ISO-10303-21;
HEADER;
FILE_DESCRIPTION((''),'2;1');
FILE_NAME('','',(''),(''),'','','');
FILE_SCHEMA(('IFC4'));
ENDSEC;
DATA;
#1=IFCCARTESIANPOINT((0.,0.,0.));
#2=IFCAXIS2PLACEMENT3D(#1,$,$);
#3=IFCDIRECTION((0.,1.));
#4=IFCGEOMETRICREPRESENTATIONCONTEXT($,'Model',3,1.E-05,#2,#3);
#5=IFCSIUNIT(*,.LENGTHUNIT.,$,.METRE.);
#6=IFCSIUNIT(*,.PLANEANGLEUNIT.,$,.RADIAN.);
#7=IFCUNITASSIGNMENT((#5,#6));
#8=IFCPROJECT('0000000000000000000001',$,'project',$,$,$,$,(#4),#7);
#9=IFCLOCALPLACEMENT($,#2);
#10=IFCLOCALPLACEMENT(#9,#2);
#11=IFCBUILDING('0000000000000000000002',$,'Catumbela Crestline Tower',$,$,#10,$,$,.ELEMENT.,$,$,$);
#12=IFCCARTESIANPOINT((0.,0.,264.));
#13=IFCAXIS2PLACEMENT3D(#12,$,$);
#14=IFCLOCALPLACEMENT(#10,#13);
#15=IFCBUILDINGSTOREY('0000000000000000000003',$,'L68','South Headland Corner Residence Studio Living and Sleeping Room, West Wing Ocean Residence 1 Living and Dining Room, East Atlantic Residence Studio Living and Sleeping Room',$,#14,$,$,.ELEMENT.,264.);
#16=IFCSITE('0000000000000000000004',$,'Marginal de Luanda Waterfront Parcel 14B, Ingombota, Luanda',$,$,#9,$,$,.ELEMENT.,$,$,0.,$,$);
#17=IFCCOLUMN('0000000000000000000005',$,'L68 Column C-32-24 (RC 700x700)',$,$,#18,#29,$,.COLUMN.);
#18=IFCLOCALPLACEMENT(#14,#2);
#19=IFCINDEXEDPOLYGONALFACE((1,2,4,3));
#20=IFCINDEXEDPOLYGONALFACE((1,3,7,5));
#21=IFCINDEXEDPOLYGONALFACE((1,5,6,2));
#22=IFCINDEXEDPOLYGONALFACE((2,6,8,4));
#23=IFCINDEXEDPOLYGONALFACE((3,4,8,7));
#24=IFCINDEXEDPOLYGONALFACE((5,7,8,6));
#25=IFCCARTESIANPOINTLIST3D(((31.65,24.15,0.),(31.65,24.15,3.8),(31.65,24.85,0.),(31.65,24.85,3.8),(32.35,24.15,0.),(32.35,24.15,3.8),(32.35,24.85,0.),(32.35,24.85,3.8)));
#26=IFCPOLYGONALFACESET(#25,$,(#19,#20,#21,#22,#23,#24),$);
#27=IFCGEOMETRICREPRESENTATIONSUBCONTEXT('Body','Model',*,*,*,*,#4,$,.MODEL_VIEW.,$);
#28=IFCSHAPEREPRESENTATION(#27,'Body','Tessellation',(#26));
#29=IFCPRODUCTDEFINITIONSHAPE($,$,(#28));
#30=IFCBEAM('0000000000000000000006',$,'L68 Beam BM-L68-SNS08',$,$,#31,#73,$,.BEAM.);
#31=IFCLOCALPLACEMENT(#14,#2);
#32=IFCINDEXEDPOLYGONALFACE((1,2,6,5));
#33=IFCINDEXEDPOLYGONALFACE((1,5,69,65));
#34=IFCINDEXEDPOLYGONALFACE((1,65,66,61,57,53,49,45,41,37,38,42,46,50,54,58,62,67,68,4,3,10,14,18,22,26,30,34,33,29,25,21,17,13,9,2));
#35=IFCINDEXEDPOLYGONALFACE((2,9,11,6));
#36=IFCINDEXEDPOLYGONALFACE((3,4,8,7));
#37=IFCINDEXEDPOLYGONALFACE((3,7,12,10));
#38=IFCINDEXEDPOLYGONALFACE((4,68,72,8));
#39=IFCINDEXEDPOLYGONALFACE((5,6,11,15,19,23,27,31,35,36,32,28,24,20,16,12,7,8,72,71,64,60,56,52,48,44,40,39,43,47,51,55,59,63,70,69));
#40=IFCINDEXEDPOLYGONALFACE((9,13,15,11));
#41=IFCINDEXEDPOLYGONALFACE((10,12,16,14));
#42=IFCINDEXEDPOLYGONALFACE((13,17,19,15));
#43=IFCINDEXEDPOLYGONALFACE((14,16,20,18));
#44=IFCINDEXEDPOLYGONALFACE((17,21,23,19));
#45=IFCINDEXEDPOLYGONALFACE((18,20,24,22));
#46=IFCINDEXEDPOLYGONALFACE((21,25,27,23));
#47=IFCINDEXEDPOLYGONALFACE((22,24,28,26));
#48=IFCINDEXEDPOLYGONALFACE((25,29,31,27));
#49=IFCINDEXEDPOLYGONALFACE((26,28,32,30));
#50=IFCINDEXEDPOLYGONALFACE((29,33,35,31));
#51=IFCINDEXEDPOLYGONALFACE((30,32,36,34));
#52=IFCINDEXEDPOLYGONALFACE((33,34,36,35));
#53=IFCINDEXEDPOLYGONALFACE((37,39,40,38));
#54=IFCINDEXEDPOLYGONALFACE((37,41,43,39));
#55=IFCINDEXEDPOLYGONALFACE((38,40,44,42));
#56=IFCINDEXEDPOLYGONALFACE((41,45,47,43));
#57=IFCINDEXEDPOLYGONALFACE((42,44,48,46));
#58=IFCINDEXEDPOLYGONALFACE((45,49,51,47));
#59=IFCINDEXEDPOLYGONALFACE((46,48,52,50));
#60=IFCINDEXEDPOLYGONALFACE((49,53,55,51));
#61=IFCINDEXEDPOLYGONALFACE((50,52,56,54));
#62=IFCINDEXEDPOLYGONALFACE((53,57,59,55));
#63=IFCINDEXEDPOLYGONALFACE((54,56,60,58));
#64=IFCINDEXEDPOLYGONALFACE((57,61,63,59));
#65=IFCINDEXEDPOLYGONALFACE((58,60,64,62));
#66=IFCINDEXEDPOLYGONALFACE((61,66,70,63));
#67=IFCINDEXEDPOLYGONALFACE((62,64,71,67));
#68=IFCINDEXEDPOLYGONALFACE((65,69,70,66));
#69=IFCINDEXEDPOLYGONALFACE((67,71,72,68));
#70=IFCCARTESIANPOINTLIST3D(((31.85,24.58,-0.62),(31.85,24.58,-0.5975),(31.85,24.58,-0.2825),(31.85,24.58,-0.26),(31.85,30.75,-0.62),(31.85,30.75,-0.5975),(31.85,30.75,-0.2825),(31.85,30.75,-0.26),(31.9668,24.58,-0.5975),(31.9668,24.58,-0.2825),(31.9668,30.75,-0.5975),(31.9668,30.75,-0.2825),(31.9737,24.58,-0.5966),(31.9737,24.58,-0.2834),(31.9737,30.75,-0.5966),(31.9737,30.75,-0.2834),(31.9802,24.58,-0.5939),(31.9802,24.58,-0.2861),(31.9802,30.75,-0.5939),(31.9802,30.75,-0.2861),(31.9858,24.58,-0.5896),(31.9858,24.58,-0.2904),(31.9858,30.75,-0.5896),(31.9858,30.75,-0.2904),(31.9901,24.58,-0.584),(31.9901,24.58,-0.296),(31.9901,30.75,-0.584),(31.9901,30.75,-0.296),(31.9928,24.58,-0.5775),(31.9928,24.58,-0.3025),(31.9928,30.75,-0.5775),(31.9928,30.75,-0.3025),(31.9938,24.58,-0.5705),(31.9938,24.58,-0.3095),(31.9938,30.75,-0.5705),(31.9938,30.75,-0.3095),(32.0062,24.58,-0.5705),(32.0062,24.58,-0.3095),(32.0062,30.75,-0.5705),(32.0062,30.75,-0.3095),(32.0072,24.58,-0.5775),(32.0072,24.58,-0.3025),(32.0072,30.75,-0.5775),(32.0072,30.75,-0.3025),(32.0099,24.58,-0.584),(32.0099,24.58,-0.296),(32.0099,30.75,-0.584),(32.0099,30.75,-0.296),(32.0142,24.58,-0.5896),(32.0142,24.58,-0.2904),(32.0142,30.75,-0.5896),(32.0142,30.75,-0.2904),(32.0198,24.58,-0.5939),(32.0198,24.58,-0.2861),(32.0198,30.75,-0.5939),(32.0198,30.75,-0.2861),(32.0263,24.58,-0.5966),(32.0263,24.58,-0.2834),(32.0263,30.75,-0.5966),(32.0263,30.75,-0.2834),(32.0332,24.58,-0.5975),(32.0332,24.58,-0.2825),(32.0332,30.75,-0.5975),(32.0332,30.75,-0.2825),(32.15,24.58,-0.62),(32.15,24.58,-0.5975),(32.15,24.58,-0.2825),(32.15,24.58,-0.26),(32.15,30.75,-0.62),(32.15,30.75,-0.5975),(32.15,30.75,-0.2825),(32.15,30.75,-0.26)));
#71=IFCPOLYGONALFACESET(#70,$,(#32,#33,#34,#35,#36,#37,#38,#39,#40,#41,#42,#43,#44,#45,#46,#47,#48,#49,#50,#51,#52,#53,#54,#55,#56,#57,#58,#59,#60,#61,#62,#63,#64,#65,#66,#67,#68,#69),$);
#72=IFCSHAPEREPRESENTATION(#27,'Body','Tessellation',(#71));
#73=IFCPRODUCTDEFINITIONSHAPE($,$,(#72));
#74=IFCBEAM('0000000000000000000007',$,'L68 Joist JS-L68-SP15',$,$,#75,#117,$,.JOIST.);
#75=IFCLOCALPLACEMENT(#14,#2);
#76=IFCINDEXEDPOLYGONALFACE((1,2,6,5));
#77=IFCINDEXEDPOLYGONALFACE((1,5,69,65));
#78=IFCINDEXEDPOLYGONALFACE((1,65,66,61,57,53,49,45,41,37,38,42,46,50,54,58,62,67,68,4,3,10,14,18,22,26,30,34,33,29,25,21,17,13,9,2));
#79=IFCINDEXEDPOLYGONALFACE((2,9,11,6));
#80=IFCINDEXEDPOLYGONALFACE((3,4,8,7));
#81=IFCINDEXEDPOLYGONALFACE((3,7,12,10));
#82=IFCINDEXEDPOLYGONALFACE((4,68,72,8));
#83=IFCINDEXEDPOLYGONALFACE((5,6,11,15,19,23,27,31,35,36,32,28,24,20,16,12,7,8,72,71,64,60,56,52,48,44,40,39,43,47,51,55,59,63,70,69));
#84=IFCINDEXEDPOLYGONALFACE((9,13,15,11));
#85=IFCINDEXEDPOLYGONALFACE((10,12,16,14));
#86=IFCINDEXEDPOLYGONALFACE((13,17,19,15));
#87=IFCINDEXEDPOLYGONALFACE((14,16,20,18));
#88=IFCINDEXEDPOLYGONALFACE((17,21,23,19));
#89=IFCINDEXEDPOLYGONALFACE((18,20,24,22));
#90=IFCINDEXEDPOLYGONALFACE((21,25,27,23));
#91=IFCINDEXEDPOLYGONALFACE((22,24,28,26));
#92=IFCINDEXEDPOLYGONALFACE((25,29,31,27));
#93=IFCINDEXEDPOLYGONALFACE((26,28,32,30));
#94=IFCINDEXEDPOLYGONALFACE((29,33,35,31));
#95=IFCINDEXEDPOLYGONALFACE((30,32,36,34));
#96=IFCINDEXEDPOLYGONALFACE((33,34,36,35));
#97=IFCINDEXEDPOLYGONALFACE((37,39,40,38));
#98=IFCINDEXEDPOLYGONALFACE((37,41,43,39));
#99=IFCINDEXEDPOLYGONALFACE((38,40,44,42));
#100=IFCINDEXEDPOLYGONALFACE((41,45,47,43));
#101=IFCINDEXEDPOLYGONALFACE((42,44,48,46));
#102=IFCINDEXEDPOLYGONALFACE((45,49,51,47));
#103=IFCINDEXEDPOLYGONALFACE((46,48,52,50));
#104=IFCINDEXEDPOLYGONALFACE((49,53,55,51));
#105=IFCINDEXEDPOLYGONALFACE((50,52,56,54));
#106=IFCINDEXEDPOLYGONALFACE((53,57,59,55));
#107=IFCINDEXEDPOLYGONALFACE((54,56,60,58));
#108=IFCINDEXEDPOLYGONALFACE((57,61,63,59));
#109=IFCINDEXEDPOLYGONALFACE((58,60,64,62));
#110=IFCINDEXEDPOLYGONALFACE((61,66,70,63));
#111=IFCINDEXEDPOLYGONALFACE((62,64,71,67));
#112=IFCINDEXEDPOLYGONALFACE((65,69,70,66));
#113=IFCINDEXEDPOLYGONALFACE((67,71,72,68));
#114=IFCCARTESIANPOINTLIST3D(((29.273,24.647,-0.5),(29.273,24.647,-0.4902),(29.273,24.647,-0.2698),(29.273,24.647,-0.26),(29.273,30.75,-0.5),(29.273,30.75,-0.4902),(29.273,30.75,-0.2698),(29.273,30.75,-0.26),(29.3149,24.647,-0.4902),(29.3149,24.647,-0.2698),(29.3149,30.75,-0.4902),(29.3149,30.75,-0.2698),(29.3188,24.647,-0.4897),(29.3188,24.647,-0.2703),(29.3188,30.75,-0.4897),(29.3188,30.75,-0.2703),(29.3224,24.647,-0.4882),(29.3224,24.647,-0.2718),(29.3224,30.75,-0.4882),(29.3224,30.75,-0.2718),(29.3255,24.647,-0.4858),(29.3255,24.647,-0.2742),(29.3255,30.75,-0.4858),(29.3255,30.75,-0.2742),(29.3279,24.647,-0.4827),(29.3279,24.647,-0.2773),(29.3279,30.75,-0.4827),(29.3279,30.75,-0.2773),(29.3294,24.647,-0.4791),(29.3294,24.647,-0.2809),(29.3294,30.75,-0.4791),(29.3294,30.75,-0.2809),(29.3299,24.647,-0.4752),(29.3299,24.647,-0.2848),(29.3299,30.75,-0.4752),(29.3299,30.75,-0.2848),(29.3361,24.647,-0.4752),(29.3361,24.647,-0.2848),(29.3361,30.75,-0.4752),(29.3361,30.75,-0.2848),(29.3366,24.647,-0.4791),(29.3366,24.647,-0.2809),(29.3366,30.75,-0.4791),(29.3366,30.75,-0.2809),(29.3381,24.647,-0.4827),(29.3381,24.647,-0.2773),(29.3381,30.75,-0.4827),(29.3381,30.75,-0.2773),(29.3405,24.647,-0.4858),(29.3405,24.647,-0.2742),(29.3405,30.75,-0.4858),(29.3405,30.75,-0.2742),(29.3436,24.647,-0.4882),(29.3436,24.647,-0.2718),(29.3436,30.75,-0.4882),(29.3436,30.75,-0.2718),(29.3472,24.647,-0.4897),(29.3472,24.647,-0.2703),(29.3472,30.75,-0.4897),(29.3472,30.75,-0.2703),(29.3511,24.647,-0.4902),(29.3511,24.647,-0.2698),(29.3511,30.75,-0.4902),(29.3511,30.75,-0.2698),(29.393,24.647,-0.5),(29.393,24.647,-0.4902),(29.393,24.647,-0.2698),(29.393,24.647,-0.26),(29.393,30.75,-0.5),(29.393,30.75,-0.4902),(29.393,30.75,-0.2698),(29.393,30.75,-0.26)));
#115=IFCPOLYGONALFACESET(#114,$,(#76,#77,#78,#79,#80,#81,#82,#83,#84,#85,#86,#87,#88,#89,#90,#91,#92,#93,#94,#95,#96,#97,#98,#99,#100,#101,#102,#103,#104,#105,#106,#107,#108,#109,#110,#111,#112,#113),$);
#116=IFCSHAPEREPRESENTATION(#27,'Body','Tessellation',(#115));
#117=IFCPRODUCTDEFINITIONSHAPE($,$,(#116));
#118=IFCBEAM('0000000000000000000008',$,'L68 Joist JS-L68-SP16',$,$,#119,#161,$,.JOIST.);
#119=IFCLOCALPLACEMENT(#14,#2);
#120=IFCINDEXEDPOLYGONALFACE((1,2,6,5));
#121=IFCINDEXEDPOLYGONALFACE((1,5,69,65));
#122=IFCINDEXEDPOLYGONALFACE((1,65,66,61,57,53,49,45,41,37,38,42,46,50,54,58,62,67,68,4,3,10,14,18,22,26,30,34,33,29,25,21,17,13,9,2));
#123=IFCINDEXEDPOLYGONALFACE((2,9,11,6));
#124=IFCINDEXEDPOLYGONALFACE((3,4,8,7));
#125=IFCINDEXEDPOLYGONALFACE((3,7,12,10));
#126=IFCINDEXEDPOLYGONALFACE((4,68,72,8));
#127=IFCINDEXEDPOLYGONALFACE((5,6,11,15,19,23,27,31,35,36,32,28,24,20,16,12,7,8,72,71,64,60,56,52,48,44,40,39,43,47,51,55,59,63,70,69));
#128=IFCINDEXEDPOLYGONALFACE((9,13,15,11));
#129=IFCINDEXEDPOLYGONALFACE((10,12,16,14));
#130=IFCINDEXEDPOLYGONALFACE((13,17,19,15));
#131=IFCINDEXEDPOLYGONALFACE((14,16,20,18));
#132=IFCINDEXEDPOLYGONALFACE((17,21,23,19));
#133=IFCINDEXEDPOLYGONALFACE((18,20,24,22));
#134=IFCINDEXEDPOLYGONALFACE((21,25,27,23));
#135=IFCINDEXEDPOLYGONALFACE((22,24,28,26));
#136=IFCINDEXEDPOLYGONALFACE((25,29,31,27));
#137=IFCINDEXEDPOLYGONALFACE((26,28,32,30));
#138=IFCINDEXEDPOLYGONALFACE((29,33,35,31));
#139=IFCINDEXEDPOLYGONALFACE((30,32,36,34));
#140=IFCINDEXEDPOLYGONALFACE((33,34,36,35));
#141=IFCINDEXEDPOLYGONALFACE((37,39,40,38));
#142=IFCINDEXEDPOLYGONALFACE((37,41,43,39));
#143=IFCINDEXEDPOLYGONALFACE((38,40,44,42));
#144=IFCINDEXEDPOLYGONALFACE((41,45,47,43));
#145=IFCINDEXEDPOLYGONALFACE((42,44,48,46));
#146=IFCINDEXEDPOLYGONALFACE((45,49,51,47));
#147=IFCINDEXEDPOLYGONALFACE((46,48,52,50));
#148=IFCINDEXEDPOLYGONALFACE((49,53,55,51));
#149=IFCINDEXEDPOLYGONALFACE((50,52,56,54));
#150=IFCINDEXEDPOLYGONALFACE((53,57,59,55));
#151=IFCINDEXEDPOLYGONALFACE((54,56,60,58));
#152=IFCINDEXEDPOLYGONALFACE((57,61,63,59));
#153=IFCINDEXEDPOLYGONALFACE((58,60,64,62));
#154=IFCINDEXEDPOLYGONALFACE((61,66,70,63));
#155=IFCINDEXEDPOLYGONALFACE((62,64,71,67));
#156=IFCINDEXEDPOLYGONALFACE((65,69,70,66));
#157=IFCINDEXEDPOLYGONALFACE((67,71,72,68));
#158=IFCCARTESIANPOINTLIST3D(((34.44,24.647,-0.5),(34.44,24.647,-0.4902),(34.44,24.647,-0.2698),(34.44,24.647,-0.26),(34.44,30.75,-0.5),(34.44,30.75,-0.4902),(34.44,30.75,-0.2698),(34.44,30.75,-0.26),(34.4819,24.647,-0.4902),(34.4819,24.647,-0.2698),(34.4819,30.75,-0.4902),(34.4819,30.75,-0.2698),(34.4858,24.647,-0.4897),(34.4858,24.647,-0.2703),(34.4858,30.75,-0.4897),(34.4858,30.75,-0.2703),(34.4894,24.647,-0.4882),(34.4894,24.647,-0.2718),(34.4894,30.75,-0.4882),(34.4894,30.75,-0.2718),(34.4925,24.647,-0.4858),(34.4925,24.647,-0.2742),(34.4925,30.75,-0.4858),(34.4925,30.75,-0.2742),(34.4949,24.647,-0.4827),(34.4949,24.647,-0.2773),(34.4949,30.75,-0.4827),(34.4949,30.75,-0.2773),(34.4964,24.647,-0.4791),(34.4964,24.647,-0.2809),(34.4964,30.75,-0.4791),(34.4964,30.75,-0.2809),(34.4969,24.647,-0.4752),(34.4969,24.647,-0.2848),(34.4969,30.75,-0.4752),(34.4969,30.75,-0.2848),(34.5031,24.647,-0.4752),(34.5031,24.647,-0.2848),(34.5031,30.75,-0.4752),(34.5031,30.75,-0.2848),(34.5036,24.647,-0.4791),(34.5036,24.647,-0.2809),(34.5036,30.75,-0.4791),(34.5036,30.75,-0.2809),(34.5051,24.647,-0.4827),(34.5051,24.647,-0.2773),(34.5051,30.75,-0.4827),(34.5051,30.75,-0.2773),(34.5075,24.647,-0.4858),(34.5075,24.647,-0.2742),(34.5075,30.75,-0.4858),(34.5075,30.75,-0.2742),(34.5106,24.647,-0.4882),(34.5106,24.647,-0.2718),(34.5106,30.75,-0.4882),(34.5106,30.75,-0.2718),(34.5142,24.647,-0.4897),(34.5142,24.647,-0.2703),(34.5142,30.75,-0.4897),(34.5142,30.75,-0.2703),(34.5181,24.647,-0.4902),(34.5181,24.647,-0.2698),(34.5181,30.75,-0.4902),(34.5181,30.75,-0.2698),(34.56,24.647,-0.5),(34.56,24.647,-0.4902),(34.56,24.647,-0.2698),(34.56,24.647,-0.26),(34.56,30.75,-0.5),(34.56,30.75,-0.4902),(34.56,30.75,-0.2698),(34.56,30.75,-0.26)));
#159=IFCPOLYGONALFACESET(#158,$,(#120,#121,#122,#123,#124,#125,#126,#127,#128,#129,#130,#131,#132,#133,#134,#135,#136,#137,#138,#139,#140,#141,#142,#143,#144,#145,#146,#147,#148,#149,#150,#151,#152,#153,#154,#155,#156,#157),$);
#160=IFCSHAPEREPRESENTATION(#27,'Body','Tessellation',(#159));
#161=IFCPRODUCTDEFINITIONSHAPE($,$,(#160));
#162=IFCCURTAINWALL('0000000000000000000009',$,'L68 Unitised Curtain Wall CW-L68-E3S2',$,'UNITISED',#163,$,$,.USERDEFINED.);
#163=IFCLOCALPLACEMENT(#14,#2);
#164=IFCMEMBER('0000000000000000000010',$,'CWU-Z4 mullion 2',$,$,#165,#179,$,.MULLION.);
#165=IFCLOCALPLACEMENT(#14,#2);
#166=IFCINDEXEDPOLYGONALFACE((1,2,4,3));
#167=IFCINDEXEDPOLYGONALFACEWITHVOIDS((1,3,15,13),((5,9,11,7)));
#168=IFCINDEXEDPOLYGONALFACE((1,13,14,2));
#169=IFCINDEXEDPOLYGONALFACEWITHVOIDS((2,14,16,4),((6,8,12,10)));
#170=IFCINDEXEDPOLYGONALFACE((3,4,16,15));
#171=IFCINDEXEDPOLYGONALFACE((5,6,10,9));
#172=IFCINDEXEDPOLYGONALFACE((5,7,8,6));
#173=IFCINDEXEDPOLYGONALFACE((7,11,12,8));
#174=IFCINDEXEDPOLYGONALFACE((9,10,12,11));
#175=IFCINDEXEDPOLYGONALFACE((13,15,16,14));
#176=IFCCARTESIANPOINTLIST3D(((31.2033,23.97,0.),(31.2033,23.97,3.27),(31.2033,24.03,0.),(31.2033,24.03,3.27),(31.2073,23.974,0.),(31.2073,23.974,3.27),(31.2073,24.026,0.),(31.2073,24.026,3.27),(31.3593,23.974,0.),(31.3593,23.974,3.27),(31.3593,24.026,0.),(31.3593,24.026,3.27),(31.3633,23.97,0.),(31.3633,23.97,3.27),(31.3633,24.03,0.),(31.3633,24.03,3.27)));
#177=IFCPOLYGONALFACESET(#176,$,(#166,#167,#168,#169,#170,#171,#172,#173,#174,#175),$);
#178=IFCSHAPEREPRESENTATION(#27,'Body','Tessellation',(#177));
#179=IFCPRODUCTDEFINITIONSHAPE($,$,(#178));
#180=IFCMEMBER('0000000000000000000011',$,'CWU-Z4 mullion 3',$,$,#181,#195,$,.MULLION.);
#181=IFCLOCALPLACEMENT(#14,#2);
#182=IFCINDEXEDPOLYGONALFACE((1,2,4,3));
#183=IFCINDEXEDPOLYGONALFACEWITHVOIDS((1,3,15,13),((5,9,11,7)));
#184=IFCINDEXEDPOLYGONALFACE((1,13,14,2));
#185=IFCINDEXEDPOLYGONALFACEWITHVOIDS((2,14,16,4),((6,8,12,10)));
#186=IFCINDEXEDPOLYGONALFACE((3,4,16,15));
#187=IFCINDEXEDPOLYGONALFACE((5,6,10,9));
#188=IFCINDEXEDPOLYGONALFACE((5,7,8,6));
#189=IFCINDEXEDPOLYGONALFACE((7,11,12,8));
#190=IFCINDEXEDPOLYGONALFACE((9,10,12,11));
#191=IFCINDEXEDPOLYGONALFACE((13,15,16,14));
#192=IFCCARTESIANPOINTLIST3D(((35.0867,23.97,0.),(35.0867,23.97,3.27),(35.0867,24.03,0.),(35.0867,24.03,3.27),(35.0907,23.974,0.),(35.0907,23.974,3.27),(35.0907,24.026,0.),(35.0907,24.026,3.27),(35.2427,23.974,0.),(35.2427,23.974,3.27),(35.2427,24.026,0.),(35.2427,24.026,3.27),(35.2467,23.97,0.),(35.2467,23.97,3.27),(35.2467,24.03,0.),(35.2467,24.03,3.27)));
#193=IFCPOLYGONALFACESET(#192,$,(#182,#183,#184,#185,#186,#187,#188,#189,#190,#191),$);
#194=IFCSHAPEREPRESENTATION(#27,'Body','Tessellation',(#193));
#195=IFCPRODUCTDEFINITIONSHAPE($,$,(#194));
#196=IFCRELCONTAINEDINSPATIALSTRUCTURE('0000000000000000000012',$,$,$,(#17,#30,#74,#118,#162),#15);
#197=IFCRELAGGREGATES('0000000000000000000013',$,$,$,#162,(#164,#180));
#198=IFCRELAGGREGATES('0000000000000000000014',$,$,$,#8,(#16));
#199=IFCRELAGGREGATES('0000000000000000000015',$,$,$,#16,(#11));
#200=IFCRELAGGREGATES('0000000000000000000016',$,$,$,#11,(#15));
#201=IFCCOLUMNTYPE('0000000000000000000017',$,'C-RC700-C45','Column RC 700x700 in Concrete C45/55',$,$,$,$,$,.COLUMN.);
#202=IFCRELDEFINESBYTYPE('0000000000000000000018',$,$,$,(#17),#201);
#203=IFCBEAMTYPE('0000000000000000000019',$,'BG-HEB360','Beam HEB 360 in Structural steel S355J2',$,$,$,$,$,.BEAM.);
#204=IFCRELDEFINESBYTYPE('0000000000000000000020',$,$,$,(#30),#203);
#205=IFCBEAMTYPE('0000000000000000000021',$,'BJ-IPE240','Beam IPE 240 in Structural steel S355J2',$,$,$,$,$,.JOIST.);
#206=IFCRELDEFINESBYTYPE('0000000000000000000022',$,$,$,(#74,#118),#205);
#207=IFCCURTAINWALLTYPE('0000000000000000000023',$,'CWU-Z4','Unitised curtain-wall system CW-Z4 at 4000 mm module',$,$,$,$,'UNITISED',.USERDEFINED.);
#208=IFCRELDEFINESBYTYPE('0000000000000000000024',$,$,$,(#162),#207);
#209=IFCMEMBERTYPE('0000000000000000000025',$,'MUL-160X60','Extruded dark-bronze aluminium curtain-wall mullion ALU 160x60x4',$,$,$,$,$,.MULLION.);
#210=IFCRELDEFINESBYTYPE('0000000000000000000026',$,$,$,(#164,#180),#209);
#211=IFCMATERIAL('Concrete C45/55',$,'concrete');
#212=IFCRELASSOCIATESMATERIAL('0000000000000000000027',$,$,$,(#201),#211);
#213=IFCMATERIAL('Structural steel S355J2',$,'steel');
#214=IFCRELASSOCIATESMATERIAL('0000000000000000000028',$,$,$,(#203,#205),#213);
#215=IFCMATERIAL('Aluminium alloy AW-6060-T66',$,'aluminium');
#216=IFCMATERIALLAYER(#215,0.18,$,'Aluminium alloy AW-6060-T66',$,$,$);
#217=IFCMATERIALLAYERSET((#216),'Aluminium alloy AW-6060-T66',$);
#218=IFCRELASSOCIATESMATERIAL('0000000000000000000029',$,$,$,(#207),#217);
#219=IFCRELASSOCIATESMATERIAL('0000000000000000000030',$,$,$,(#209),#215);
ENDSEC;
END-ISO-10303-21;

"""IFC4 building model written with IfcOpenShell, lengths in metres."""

from ifc_helpers import new_model, si_unit, direction, frame, origin, origin_2d, place, context, subcontext, project, spatial, rectangle, hollow_rectangle, i_section, extrude, material, layer, layer_set, material_profile, profile_set, type_object, element, aggregate, save


model = new_model("IFC4")

# Units and contexts
model_context = context("Model", 3, precision=1e-05, world=origin(), true_north=direction((0.0, 1.0)))
body_context = subcontext(model_context, "Body", "Model", "MODEL_VIEW")
ifc_project = project(units=[si_unit("LENGTHUNIT", "METRE"), si_unit("PLANEANGLEUNIT", "RADIAN")], contexts=[model_context])

# Site, building, storey
site_placement = place(None, origin())
site = spatial("IfcSite", under=ifc_project, at=site_placement, Name="Marginal de Luanda Waterfront Parcel 14B, Ingombota, Luanda", CompositionType="ELEMENT", RefElevation=0.0)
building_placement = place(site_placement, origin())
building = spatial("IfcBuilding", under=site, at=building_placement, Name="Catumbela Crestline Tower", CompositionType="ELEMENT")
storey_placement = place(building_placement, frame((0.0, 0.0, 264.0)))
storey = spatial("IfcBuildingStorey", under=building, at=storey_placement, Name="L68", Description="South Headland Corner Residence Studio Living and Sleeping Room, West Wing Ocean Residence 1 Living and Dining Room, East Atlantic Residence Studio Living and Sleeping Room", CompositionType="ELEMENT", Elevation=264.0)

# Column
ifc_material_1 = material(Name="Concrete C45/55", Category="concrete")
ifc_material_profile_1 = material_profile(ifc_material_1, rectangle(XDim=0.7, YDim=0.7, at=origin_2d()), Name="RC 700x700")
ifc_profile_set_1 = profile_set([ifc_material_profile_1], Name="Concrete C45/55")
column_type = type_object("IfcColumnType", Name="C-RC700-C45", Description="Column RC 700x700 in Concrete C45/55", PredefinedType="COLUMN", material=ifc_profile_set_1)
column_placement = place(storey_placement, frame((32.0, 24.5, 0.0), z_axis=(0.0, 0.0, 1.0), x_axis=(1.0, 0.0, 0.0)))
element("IfcColumn", 1, at=column_placement, inside=storey, type_object=column_type, Name="L68 Column C-32-24 (RC 700x700)", PredefinedType="COLUMN", context=body_context, shape_type="SweptSolid", body=[
    extrude(rectangle(XDim=0.7, YDim=0.7, at=origin_2d()), origin(), (0.0, 0.0, 1.0), 3.8),
])

# Beams
ifc_material_2 = material(Name="Structural steel S355J2", Category="steel")
ifc_material_profile_2 = material_profile(ifc_material_2, i_section(OverallWidth=0.3, OverallDepth=0.36, WebThickness=0.0125, FlangeThickness=0.0225, FilletRadius=0.027, at=origin_2d()), Name="HEB 360")
ifc_profile_set_2 = profile_set([ifc_material_profile_2], Name="Structural steel S355J2")
beam_type_1 = type_object("IfcBeamType", Name="BG-HEB360", Description="Beam HEB 360 in Structural steel S355J2", PredefinedType="BEAM", material=ifc_profile_set_2)
beam_1_placement = place(storey_placement, frame((32.0, 24.58, -0.44), z_axis=(0.0, 1.0, 0.0), x_axis=(-1.0, 0.0, 0.0)))
element("IfcBeam", 2, at=beam_1_placement, inside=storey, type_object=beam_type_1, Name="L68 Beam BM-L68-SNS08", PredefinedType="BEAM", context=body_context, shape_type="SweptSolid", body=[
    extrude(i_section(OverallWidth=0.3, OverallDepth=0.36, WebThickness=0.0125, FlangeThickness=0.0225, FilletRadius=0.027, at=origin_2d()), origin(), (0.0, 0.0, 1.0), 6.17),
])
ifc_material_profile_3 = material_profile(ifc_material_2, i_section(OverallWidth=0.12, OverallDepth=0.24, WebThickness=0.0062, FlangeThickness=0.0098, FilletRadius=0.015, at=origin_2d()), Name="IPE 240")
ifc_profile_set_3 = profile_set([ifc_material_profile_3], Name="Structural steel S355J2")
beam_type_2 = type_object("IfcBeamType", Name="BJ-IPE240", Description="Beam IPE 240 in Structural steel S355J2", PredefinedType="JOIST", material=ifc_profile_set_3)
for number, where, z_axis, x_axis, name in (
    (3, (29.333, 24.647, -0.38), (0.0, 1.0, 0.0), (-1.0, 0.0, 0.0), "L68 Joist JS-L68-SP15"),
    (4, (34.5, 24.647, -0.38), (0.0, 1.0, 0.0), (-1.0, 0.0, 0.0), "L68 Joist JS-L68-SP16"),
):
    element("IfcBeam", number, at=place(storey_placement, frame(where, z_axis=z_axis, x_axis=x_axis)), inside=storey, type_object=beam_type_2, Name=name, PredefinedType="JOIST", context=body_context, shape_type="SweptSolid", body=[
        extrude(i_section(OverallWidth=0.12, OverallDepth=0.24, WebThickness=0.0062, FlangeThickness=0.0098, FilletRadius=0.015, at=origin_2d()), origin(), (0.0, 0.0, 1.0), 6.103),
    ])

# Curtain wall, members
ifc_material_3 = material(Name="Aluminium alloy AW-6060-T66", Category="aluminium")
ifc_layer_1 = layer(ifc_material_3, 0.18, Name="Aluminium alloy AW-6060-T66")
ifc_layer_set_1 = layer_set([ifc_layer_1], Name="Aluminium alloy AW-6060-T66")
curtain_wall_type = type_object("IfcCurtainWallType", Name="CWU-Z4", Description="Unitised curtain-wall system CW-Z4 at 4000 mm module", ElementType="UNITISED", PredefinedType="USERDEFINED", material=ifc_layer_set_1)
curtain_wall_placement = place(storey_placement, origin())
curtain_wall = element("IfcCurtainWall", 5, at=curtain_wall_placement, inside=storey, type_object=curtain_wall_type, Name="L68 Unitised Curtain Wall CW-L68-E3S2", ObjectType="UNITISED", PredefinedType="USERDEFINED")
ifc_material_profile_4 = material_profile(ifc_material_3, hollow_rectangle(XDim=0.06, YDim=0.16, WallThickness=0.004, at=origin_2d()), Name="ALU 160x60x4")
ifc_profile_set_4 = profile_set([ifc_material_profile_4], Name="Aluminium alloy AW-6060-T66")
member_type_1 = type_object("IfcMemberType", Name="MUL-160X60", Description="Extruded dark-bronze aluminium curtain-wall mullion ALU 160x60x4", PredefinedType="MULLION", material=ifc_profile_set_4)
member_1_placement = place(storey_placement, frame((31.2833, 24.0, 0.0), z_axis=(0.0, 0.0, 1.0), x_axis=(0.0, 1.0, 0.0)))
member_1 = element("IfcMember", 6, at=member_1_placement, type_object=member_type_1, Name="CWU-Z4 mullion 2", PredefinedType="MULLION", context=body_context, shape_type="SweptSolid", body=[
    extrude(hollow_rectangle(XDim=0.06, YDim=0.16, WallThickness=0.004, at=origin_2d()), origin(), (0.0, 0.0, 1.0), 3.27),
])
member_2_placement = place(storey_placement, frame((35.1667, 24.0, 0.0), z_axis=(0.0, 0.0, 1.0), x_axis=(0.0, 1.0, 0.0)))
member_2 = element("IfcMember", 7, at=member_2_placement, type_object=member_type_1, Name="CWU-Z4 mullion 3", PredefinedType="MULLION", context=body_context, shape_type="SweptSolid", body=[
    extrude(hollow_rectangle(XDim=0.06, YDim=0.16, WallThickness=0.004, at=origin_2d()), origin(), (0.0, 0.0, 1.0), 3.27),
])

aggregate(curtain_wall, [member_1, member_2])

save(model, "model.ifc")
